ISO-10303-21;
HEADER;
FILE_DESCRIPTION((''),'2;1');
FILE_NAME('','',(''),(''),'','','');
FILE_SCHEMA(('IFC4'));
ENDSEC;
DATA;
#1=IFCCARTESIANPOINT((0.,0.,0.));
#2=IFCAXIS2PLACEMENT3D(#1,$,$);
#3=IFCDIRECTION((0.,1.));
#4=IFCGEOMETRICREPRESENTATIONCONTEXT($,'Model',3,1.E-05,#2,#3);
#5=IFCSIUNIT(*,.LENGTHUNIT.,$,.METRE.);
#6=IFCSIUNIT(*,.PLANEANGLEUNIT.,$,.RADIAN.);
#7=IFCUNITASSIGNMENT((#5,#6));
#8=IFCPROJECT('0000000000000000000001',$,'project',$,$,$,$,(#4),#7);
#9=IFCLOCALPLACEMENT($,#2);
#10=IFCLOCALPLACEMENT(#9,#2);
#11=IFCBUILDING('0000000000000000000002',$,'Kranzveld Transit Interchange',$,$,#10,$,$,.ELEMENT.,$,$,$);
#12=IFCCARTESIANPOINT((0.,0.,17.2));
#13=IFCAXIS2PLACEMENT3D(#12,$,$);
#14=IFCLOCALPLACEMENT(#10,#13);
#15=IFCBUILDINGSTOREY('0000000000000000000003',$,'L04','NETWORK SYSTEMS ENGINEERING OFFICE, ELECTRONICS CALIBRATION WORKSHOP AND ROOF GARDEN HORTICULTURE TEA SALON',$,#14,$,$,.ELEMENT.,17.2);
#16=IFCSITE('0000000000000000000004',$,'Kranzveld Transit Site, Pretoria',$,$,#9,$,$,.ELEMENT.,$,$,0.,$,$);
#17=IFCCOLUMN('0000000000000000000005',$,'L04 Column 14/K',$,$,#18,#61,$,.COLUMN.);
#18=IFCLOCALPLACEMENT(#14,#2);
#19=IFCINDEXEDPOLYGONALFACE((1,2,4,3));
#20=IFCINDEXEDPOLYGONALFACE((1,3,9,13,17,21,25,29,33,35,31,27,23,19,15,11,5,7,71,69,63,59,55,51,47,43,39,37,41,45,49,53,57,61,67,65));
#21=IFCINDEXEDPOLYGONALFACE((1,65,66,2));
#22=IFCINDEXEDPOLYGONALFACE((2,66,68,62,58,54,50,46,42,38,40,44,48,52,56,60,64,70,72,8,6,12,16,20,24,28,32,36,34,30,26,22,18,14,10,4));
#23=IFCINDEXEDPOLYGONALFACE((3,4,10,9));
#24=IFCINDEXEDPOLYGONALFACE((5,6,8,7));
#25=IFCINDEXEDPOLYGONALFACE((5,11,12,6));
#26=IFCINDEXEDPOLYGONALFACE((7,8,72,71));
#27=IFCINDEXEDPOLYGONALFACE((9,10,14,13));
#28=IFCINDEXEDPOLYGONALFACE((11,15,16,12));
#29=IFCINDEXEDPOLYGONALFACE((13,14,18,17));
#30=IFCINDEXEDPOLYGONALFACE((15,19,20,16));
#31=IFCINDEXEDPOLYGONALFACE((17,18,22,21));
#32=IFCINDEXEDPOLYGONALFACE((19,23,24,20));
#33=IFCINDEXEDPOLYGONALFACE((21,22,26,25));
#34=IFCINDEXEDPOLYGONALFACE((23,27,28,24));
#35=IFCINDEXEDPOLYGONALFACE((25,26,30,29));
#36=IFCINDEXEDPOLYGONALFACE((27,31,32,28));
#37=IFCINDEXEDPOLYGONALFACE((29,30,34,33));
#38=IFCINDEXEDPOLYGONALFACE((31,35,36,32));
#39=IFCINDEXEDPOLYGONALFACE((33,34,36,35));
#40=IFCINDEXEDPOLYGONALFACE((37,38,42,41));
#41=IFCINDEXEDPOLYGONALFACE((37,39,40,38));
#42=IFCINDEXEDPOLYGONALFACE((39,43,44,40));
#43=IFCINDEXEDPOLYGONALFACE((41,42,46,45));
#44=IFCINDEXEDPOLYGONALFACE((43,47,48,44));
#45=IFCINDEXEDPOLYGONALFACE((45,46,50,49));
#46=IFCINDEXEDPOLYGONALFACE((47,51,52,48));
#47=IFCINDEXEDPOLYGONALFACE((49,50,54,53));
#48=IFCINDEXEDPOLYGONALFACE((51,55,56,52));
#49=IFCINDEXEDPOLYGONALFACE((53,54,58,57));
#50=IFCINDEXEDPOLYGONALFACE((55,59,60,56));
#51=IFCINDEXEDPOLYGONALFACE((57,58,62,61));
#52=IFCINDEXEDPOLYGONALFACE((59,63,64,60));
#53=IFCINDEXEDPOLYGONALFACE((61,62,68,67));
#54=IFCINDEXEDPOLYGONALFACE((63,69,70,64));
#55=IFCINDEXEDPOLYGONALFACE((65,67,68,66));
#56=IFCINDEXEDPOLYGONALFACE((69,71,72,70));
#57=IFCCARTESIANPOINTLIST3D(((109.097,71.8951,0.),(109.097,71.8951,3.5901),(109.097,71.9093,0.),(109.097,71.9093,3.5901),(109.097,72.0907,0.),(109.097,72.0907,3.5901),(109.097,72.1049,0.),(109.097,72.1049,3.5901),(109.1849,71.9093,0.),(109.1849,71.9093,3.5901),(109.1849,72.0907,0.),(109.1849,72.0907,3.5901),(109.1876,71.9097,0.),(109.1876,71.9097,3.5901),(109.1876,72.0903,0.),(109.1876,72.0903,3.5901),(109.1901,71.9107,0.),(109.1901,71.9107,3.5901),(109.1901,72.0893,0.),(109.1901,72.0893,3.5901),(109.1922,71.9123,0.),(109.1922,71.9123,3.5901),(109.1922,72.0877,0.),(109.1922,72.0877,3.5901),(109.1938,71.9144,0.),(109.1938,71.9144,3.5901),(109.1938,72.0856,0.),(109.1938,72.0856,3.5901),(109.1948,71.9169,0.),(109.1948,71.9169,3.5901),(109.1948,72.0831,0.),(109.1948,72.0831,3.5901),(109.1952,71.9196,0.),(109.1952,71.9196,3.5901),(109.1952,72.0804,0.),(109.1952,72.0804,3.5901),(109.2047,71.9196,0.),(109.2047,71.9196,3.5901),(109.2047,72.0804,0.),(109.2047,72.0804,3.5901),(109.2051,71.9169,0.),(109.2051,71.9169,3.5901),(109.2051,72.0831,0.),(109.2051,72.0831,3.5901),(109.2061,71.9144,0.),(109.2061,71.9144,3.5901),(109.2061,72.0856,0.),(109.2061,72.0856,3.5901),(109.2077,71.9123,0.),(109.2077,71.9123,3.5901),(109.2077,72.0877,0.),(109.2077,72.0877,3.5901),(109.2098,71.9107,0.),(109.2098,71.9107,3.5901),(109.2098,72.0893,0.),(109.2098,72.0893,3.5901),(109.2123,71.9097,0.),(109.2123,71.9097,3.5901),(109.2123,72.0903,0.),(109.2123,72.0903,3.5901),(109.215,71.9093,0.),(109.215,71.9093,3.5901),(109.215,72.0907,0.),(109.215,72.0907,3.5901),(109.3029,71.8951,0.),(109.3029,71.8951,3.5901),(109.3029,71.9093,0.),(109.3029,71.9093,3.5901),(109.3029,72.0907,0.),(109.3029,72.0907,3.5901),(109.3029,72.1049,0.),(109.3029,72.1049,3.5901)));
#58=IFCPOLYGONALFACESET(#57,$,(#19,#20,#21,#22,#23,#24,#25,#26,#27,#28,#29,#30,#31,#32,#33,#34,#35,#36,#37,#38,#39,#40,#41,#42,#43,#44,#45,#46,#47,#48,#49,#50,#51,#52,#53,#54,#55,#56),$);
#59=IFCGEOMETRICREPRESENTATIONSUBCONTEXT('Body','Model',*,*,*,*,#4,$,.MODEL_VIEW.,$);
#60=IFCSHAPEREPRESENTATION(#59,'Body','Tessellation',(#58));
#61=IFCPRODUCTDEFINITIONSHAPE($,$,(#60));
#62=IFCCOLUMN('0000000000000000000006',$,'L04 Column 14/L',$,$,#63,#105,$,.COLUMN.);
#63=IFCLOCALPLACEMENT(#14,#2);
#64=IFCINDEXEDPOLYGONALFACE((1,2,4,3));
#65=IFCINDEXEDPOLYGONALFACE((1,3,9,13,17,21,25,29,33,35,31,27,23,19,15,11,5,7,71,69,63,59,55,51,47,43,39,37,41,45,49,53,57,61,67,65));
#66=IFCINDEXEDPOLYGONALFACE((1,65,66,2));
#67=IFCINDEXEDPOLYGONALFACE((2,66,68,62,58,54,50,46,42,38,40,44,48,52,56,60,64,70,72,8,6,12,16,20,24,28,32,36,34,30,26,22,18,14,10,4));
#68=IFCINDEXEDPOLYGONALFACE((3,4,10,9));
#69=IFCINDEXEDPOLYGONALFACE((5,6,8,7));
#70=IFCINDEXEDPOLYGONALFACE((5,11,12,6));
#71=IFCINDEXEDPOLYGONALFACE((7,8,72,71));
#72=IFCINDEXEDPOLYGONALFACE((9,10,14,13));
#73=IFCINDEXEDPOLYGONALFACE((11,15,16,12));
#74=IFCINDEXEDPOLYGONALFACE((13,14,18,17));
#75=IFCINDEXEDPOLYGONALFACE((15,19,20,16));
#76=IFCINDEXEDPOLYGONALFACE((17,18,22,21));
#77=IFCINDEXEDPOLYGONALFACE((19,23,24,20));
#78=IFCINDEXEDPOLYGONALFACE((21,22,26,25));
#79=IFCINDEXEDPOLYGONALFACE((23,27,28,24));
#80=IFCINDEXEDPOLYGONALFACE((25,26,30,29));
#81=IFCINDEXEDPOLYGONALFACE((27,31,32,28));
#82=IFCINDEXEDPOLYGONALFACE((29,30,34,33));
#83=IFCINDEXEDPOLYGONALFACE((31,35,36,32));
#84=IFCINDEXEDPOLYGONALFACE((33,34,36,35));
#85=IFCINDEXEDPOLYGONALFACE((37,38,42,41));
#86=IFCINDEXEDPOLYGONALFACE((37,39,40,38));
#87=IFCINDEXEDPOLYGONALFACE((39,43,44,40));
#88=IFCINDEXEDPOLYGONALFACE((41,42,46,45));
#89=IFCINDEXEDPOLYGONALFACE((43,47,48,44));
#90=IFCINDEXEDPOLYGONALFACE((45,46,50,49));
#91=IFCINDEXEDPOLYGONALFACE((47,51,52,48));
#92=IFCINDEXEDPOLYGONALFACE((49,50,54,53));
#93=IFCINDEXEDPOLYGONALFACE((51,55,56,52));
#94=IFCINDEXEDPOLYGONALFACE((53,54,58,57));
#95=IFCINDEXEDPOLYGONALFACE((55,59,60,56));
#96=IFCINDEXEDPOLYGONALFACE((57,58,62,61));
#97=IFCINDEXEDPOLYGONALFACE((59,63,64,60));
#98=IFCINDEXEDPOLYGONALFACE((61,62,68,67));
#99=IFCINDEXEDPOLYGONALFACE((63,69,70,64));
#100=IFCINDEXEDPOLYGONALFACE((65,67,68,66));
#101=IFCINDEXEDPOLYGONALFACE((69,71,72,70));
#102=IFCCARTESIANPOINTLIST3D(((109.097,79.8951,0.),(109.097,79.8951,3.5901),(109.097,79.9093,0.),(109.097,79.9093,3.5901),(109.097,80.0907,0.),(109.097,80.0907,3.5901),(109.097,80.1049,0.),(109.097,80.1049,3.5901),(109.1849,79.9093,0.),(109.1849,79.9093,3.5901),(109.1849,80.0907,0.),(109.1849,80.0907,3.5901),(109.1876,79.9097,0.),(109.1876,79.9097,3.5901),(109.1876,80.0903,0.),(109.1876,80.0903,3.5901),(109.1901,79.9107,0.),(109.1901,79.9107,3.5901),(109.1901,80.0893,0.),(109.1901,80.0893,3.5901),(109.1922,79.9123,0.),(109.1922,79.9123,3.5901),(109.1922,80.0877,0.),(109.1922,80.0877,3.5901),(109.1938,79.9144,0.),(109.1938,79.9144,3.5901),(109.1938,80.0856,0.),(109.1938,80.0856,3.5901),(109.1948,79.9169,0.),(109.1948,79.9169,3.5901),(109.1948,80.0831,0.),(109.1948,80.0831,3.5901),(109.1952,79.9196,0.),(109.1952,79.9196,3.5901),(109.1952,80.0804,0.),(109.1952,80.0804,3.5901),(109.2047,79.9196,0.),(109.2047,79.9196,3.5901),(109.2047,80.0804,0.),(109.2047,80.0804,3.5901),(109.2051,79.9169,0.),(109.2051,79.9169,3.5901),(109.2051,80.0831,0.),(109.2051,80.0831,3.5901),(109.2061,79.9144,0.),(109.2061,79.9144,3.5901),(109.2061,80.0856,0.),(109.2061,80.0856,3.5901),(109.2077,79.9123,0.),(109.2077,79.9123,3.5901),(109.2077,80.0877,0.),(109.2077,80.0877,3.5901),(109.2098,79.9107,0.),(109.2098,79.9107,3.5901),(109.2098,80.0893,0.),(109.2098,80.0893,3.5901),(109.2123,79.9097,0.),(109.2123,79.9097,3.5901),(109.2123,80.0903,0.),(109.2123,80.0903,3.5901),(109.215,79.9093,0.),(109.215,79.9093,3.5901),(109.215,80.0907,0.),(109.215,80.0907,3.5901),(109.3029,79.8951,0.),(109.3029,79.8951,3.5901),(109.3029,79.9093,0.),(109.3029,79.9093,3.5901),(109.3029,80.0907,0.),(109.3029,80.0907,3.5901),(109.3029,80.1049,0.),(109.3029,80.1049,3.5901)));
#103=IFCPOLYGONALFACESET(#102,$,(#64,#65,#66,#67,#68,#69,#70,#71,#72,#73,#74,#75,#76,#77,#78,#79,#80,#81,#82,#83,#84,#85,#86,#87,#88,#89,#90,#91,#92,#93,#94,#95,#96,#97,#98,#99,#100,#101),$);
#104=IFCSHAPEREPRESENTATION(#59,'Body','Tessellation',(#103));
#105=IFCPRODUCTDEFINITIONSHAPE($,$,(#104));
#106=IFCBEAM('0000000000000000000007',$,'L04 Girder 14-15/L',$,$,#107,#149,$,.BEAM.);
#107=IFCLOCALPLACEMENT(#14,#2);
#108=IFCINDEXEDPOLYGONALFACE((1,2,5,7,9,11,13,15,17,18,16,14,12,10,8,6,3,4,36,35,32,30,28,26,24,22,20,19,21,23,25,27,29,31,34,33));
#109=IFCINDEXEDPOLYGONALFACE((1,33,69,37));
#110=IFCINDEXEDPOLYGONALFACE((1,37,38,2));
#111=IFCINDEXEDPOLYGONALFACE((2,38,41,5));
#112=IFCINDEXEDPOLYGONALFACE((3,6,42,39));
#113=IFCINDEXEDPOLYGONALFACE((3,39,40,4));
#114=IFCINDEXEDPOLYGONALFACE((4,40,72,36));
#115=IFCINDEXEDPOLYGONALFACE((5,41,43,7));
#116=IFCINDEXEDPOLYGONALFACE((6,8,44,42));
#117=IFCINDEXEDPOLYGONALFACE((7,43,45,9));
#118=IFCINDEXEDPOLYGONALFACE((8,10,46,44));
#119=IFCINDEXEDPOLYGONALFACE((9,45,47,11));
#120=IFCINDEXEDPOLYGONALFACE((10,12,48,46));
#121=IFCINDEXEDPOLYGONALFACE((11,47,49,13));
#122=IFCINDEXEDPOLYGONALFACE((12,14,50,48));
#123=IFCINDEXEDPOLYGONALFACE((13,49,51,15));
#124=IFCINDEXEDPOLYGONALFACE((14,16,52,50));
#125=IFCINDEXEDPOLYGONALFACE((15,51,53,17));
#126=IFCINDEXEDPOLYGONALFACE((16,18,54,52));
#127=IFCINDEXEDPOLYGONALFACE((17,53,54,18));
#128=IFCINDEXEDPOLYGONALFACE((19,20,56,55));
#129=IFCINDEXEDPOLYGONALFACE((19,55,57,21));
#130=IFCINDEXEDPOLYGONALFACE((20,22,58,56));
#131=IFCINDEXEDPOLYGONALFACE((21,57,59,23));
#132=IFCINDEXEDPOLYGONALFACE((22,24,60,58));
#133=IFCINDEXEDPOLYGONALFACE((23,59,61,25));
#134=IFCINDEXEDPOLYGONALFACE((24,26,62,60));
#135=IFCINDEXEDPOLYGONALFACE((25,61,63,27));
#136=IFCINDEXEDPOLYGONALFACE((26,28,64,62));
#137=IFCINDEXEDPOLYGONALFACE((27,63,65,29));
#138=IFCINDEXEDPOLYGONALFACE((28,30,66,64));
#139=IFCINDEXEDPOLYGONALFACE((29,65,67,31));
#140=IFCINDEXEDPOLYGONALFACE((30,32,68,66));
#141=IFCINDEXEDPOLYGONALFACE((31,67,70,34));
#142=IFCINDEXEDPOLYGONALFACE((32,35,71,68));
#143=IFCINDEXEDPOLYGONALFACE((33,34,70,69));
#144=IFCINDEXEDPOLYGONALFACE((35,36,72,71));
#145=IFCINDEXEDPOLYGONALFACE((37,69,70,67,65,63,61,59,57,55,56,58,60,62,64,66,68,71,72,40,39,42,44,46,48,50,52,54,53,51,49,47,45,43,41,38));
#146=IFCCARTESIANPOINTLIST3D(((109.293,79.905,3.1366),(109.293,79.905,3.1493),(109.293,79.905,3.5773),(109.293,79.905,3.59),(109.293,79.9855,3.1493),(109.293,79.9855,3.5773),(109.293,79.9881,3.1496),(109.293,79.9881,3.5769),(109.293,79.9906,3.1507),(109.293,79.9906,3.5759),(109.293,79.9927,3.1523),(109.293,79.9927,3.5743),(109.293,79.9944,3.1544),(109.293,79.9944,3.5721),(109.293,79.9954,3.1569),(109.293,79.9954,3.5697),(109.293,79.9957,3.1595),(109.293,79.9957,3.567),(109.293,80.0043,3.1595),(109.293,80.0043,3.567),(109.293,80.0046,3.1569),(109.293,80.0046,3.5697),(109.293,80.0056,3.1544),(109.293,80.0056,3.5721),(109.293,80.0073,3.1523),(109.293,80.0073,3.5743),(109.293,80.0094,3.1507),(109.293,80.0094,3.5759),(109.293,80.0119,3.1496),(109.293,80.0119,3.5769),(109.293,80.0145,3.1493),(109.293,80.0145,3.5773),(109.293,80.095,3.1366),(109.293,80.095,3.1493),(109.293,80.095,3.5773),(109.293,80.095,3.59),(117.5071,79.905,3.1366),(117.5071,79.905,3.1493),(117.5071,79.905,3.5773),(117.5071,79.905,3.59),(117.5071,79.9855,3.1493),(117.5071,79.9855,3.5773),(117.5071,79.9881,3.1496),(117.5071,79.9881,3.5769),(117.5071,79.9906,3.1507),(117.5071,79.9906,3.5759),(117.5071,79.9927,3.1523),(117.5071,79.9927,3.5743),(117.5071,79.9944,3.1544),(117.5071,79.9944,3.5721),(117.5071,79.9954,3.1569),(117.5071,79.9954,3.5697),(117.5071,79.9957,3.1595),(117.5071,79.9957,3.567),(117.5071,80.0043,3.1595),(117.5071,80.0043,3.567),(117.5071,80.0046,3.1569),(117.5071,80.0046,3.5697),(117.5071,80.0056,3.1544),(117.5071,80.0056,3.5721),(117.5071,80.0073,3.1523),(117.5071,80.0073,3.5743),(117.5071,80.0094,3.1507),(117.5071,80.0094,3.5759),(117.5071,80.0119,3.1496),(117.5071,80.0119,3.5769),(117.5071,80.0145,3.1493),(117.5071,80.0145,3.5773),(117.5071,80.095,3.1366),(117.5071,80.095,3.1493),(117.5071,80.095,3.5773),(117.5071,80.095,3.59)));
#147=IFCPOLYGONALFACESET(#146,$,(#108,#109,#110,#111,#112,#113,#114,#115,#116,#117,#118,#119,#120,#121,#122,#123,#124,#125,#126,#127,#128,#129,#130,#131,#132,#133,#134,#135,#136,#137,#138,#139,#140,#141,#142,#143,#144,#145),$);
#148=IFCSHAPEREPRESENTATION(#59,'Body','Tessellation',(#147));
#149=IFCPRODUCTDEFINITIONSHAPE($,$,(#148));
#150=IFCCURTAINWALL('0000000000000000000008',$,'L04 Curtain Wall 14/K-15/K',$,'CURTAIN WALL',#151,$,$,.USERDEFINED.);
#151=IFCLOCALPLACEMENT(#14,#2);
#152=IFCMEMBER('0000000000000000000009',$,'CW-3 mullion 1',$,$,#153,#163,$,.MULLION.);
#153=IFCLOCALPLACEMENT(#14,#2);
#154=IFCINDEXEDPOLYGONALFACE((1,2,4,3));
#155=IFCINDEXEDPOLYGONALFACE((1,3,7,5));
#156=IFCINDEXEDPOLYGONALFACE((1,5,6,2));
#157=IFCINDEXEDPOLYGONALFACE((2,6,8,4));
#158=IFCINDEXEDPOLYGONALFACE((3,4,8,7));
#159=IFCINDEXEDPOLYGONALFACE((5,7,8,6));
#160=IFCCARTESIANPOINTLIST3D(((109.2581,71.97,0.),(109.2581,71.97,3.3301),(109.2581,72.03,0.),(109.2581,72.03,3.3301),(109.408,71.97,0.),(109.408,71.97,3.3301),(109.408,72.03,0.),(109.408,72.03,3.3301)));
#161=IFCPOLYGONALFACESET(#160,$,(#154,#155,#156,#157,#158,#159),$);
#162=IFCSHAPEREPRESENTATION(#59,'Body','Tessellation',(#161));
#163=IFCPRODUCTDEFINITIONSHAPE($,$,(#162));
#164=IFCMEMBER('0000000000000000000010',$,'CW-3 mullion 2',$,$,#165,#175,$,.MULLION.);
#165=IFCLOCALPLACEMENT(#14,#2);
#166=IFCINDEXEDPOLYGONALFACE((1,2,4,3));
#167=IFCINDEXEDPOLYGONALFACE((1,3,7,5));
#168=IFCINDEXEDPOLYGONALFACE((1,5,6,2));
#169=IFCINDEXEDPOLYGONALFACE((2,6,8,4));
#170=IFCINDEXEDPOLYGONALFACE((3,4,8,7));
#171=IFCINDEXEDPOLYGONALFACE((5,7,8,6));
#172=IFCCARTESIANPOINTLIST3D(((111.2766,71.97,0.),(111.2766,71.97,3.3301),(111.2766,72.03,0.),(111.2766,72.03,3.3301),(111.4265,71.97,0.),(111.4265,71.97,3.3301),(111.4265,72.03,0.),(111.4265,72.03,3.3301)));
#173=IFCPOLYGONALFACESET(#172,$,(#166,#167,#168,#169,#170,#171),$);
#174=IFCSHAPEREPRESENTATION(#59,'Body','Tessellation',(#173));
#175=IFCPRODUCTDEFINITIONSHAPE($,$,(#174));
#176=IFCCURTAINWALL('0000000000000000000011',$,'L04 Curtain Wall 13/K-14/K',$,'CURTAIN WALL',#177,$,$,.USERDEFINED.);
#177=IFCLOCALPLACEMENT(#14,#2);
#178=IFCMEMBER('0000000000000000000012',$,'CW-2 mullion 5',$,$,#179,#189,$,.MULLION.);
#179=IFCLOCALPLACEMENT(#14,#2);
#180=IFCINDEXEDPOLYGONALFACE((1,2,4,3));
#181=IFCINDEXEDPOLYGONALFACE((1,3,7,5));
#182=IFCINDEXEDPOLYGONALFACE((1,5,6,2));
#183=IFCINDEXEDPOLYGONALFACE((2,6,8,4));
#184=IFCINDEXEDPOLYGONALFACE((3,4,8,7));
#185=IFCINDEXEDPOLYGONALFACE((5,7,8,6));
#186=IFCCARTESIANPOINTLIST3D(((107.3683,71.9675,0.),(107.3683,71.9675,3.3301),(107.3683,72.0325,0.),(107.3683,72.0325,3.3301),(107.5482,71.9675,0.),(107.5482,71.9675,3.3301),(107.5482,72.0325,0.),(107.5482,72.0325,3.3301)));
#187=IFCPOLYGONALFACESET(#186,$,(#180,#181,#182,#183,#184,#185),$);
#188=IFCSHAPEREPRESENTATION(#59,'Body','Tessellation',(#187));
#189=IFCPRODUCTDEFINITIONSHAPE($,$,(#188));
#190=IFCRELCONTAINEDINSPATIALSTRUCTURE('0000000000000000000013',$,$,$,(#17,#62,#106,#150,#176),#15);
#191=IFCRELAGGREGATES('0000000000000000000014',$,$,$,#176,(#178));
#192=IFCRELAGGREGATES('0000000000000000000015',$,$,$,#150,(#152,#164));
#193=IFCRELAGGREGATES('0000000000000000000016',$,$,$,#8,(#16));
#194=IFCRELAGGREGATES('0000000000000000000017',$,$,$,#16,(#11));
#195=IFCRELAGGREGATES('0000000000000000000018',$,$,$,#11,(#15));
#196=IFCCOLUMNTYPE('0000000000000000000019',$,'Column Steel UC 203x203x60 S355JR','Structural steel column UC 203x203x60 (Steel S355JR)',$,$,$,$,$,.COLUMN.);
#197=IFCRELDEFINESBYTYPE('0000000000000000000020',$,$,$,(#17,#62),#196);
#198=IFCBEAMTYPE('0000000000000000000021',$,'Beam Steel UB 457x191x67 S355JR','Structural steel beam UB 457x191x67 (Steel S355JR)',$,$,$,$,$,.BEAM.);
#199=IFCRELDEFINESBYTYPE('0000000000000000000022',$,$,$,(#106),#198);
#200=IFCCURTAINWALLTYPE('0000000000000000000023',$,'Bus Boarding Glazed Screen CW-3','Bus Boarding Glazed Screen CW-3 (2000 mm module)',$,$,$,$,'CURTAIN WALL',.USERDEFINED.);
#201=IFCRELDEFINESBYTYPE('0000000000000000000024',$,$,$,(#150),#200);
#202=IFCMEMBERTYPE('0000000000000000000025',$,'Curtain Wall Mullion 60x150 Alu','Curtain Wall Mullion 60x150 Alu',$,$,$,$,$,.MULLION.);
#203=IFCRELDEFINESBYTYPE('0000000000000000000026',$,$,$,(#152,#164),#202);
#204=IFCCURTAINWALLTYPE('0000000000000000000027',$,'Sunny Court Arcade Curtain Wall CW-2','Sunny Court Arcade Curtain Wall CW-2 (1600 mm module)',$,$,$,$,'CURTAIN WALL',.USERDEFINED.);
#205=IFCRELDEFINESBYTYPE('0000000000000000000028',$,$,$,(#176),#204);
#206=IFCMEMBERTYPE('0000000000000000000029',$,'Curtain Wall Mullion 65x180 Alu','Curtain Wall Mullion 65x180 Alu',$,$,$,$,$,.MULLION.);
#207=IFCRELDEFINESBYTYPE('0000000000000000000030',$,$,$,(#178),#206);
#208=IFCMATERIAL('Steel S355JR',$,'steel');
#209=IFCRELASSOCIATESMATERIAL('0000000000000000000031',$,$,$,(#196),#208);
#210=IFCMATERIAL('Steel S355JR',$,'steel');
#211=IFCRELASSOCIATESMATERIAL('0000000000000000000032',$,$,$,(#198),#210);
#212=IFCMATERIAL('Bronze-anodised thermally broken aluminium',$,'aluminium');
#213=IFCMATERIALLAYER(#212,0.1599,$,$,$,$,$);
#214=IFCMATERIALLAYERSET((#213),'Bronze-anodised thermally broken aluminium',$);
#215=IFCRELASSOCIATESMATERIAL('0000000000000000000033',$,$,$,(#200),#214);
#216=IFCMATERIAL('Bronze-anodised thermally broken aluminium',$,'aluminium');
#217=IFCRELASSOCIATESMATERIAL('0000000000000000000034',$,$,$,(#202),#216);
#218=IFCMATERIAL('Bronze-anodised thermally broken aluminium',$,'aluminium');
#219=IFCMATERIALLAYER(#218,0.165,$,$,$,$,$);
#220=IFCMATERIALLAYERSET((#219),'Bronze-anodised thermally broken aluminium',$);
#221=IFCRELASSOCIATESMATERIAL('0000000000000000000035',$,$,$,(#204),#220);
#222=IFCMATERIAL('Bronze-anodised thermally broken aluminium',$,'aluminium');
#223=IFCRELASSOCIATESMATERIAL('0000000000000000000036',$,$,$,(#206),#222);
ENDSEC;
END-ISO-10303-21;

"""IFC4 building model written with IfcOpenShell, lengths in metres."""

from ifc_helpers import new_model, si_unit, direction, frame, origin, origin_2d, place, context, subcontext, project, spatial, rectangle, i_section, extrude, material, layer, layer_set, material_profile, profile_set, type_object, element, aggregate, save


model = new_model("IFC4")

# Units and contexts
model_context = context("Model", 3, precision=1e-05, world=origin(), true_north=direction((0.0, 1.0)))
body_context = subcontext(model_context, "Body", "Model", "MODEL_VIEW")
ifc_project = project(units=[si_unit("LENGTHUNIT", "METRE"), si_unit("PLANEANGLEUNIT", "RADIAN")], contexts=[model_context])

# Site, building, storey
site_placement = place(None, origin())
site = spatial("IfcSite", under=ifc_project, at=site_placement, Name="Kranzveld Transit Site, Pretoria", CompositionType="ELEMENT", RefElevation=0.0)
building_placement = place(site_placement, origin())
building = spatial("IfcBuilding", under=site, at=building_placement, Name="Kranzveld Transit Interchange", CompositionType="ELEMENT")
storey_placement = place(building_placement, frame((0.0, 0.0, 17.2)))
storey = spatial("IfcBuildingStorey", under=building, at=storey_placement, Name="L04", Description="NETWORK SYSTEMS ENGINEERING OFFICE, ELECTRONICS CALIBRATION WORKSHOP AND ROOF GARDEN HORTICULTURE TEA SALON", CompositionType="ELEMENT", Elevation=17.2)

# Columns
ifc_material_1 = material(Name="Steel S355JR", Category="steel")
ifc_material_profile_1 = material_profile(ifc_material_1, i_section(OverallWidth=0.2058, OverallDepth=0.2097, WebThickness=0.0095, FlangeThickness=0.0142, FilletRadius=0.0103, at=origin_2d()), Name="UC 203x203x60")
ifc_profile_set_1 = profile_set([ifc_material_profile_1], Name="Steel S355JR")
column_type = type_object("IfcColumnType", Name="Column Steel UC 203x203x60 S355JR", Description="Structural steel column UC 203x203x60 (Steel S355JR)", PredefinedType="COLUMN", material=ifc_profile_set_1)
for number, where, z_axis, x_axis, name in (
    (1, (109.2, 72.0, 0.0), (0.0, 0.0, 1.0), (1.0, 0.0, 0.0), "L04 Column 14/K"),
    (2, (109.2, 80.0, 0.0), (0.0, 0.0, 1.0), (1.0, 0.0, 0.0), "L04 Column 14/L"),
):
    element("IfcColumn", number, at=place(storey_placement, frame(where, z_axis=z_axis, x_axis=x_axis)), inside=storey, type_object=column_type, Name=name, PredefinedType="COLUMN", context=body_context, shape_type="SweptSolid", body=[
        extrude(i_section(OverallWidth=0.2058, OverallDepth=0.2097, WebThickness=0.0095, FlangeThickness=0.0142, FilletRadius=0.0103, at=origin_2d()), origin(), (0.0, 0.0, 1.0), 3.5901),
    ])

# Beam
ifc_material_2 = material(Name="Steel S355JR", Category="steel")
ifc_material_profile_2 = material_profile(ifc_material_2, i_section(OverallWidth=0.1899, OverallDepth=0.4534, WebThickness=0.0085, FlangeThickness=0.0127, FilletRadius=0.0103, at=origin_2d()), Name="UB 457x191x67")
ifc_profile_set_2 = profile_set([ifc_material_profile_2], Name="Steel S355JR")
beam_type_1 = type_object("IfcBeamType", Name="Beam Steel UB 457x191x67 S355JR", Description="Structural steel beam UB 457x191x67 (Steel S355JR)", PredefinedType="BEAM", material=ifc_profile_set_2)
beam_1_placement = place(storey_placement, frame((109.293, 80.0, 3.3633), z_axis=(1.0, 0.0, 0.0), x_axis=(0.0, 1.0, 0.0)))
element("IfcBeam", 3, at=beam_1_placement, inside=storey, type_object=beam_type_1, Name="L04 Girder 14-15/L", PredefinedType="BEAM", context=body_context, shape_type="SweptSolid", body=[
    extrude(i_section(OverallWidth=0.1899, OverallDepth=0.4534, WebThickness=0.0085, FlangeThickness=0.0127, FilletRadius=0.0103, at=origin_2d()), origin(), (0.0, 0.0, 1.0), 8.2141),
])

# Curtain walls, members
ifc_material_3 = material(Name="Bronze-anodised thermally broken aluminium", Category="aluminium")
ifc_layer_1 = layer(ifc_material_3, 0.1599)
ifc_layer_set_1 = layer_set([ifc_layer_1], Name="Bronze-anodised thermally broken aluminium")
curtain_wall_type_1 = type_object("IfcCurtainWallType", Name="Bus Boarding Glazed Screen CW-3", Description="Bus Boarding Glazed Screen CW-3 (2000 mm module)", ElementType="CURTAIN WALL", PredefinedType="USERDEFINED", material=ifc_layer_set_1)
curtain_wall_1_placement = place(storey_placement, origin())
curtain_wall_1 = element("IfcCurtainWall", 4, at=curtain_wall_1_placement, inside=storey, type_object=curtain_wall_type_1, Name="L04 Curtain Wall 14/K-15/K", ObjectType="CURTAIN WALL", PredefinedType="USERDEFINED")
ifc_material_4 = material(Name="Bronze-anodised thermally broken aluminium", Category="aluminium")
ifc_material_profile_3 = material_profile(ifc_material_4, rectangle(XDim=0.0601, YDim=0.1499, at=origin_2d()), Name="ALU MULLION 60x150")
ifc_profile_set_3 = profile_set([ifc_material_profile_3], Name="Bronze-anodised thermally broken aluminium")
member_type_1 = type_object("IfcMemberType", Name="Curtain Wall Mullion 60x150 Alu", Description="Curtain Wall Mullion 60x150 Alu", PredefinedType="MULLION", material=ifc_profile_set_3)
member_1_placement = place(storey_placement, frame((109.333, 72.0, 0.0), z_axis=(0.0, 0.0, 1.0), x_axis=(0.0, 1.0, 0.0)))
member_1 = element("IfcMember", 5, at=member_1_placement, type_object=member_type_1, Name="CW-3 mullion 1", PredefinedType="MULLION", context=body_context, shape_type="SweptSolid", body=[
    extrude(rectangle(XDim=0.0601, YDim=0.1499, at=origin_2d()), origin(), (0.0, 0.0, 1.0), 3.3301),
])
member_2_placement = place(storey_placement, frame((111.3516, 72.0, 0.0), z_axis=(0.0, 0.0, 1.0), x_axis=(0.0, 1.0, 0.0)))
member_2 = element("IfcMember", 6, at=member_2_placement, type_object=member_type_1, Name="CW-3 mullion 2", PredefinedType="MULLION", context=body_context, shape_type="SweptSolid", body=[
    extrude(rectangle(XDim=0.0601, YDim=0.1499, at=origin_2d()), origin(), (0.0, 0.0, 1.0), 3.3301),
])
ifc_material_5 = material(Name="Bronze-anodised thermally broken aluminium", Category="aluminium")
ifc_layer_2 = layer(ifc_material_5, 0.165)
ifc_layer_set_2 = layer_set([ifc_layer_2], Name="Bronze-anodised thermally broken aluminium")
curtain_wall_type_2 = type_object("IfcCurtainWallType", Name="Sunny Court Arcade Curtain Wall CW-2", Description="Sunny Court Arcade Curtain Wall CW-2 (1600 mm module)", ElementType="CURTAIN WALL", PredefinedType="USERDEFINED", material=ifc_layer_set_2)
curtain_wall_2_placement = place(storey_placement, origin())
curtain_wall_2 = element("IfcCurtainWall", 7, at=curtain_wall_2_placement, inside=storey, type_object=curtain_wall_type_2, Name="L04 Curtain Wall 13/K-14/K", ObjectType="CURTAIN WALL", PredefinedType="USERDEFINED")
ifc_material_6 = material(Name="Bronze-anodised thermally broken aluminium", Category="aluminium")
ifc_material_profile_4 = material_profile(ifc_material_6, rectangle(XDim=0.0649, YDim=0.1799, at=origin_2d()), Name="ALU MULLION 65x180")
ifc_profile_set_4 = profile_set([ifc_material_profile_4], Name="Bronze-anodised thermally broken aluminium")
member_type_2 = type_object("IfcMemberType", Name="Curtain Wall Mullion 65x180 Alu", Description="Curtain Wall Mullion 65x180 Alu", PredefinedType="MULLION", material=ifc_profile_set_4)
member_3_placement = place(storey_placement, frame((107.4583, 72.0, 0.0), z_axis=(0.0, 0.0, 1.0), x_axis=(0.0, 1.0, 0.0)))
member_3 = element("IfcMember", 8, at=member_3_placement, type_object=member_type_2, Name="CW-2 mullion 5", PredefinedType="MULLION", context=body_context, shape_type="SweptSolid", body=[
    extrude(rectangle(XDim=0.0649, YDim=0.1799, at=origin_2d()), origin(), (0.0, 0.0, 1.0), 3.3301),
])

aggregate(curtain_wall_2, [member_3])
aggregate(curtain_wall_1, [member_1, member_2])

save(model, "model.ifc")
